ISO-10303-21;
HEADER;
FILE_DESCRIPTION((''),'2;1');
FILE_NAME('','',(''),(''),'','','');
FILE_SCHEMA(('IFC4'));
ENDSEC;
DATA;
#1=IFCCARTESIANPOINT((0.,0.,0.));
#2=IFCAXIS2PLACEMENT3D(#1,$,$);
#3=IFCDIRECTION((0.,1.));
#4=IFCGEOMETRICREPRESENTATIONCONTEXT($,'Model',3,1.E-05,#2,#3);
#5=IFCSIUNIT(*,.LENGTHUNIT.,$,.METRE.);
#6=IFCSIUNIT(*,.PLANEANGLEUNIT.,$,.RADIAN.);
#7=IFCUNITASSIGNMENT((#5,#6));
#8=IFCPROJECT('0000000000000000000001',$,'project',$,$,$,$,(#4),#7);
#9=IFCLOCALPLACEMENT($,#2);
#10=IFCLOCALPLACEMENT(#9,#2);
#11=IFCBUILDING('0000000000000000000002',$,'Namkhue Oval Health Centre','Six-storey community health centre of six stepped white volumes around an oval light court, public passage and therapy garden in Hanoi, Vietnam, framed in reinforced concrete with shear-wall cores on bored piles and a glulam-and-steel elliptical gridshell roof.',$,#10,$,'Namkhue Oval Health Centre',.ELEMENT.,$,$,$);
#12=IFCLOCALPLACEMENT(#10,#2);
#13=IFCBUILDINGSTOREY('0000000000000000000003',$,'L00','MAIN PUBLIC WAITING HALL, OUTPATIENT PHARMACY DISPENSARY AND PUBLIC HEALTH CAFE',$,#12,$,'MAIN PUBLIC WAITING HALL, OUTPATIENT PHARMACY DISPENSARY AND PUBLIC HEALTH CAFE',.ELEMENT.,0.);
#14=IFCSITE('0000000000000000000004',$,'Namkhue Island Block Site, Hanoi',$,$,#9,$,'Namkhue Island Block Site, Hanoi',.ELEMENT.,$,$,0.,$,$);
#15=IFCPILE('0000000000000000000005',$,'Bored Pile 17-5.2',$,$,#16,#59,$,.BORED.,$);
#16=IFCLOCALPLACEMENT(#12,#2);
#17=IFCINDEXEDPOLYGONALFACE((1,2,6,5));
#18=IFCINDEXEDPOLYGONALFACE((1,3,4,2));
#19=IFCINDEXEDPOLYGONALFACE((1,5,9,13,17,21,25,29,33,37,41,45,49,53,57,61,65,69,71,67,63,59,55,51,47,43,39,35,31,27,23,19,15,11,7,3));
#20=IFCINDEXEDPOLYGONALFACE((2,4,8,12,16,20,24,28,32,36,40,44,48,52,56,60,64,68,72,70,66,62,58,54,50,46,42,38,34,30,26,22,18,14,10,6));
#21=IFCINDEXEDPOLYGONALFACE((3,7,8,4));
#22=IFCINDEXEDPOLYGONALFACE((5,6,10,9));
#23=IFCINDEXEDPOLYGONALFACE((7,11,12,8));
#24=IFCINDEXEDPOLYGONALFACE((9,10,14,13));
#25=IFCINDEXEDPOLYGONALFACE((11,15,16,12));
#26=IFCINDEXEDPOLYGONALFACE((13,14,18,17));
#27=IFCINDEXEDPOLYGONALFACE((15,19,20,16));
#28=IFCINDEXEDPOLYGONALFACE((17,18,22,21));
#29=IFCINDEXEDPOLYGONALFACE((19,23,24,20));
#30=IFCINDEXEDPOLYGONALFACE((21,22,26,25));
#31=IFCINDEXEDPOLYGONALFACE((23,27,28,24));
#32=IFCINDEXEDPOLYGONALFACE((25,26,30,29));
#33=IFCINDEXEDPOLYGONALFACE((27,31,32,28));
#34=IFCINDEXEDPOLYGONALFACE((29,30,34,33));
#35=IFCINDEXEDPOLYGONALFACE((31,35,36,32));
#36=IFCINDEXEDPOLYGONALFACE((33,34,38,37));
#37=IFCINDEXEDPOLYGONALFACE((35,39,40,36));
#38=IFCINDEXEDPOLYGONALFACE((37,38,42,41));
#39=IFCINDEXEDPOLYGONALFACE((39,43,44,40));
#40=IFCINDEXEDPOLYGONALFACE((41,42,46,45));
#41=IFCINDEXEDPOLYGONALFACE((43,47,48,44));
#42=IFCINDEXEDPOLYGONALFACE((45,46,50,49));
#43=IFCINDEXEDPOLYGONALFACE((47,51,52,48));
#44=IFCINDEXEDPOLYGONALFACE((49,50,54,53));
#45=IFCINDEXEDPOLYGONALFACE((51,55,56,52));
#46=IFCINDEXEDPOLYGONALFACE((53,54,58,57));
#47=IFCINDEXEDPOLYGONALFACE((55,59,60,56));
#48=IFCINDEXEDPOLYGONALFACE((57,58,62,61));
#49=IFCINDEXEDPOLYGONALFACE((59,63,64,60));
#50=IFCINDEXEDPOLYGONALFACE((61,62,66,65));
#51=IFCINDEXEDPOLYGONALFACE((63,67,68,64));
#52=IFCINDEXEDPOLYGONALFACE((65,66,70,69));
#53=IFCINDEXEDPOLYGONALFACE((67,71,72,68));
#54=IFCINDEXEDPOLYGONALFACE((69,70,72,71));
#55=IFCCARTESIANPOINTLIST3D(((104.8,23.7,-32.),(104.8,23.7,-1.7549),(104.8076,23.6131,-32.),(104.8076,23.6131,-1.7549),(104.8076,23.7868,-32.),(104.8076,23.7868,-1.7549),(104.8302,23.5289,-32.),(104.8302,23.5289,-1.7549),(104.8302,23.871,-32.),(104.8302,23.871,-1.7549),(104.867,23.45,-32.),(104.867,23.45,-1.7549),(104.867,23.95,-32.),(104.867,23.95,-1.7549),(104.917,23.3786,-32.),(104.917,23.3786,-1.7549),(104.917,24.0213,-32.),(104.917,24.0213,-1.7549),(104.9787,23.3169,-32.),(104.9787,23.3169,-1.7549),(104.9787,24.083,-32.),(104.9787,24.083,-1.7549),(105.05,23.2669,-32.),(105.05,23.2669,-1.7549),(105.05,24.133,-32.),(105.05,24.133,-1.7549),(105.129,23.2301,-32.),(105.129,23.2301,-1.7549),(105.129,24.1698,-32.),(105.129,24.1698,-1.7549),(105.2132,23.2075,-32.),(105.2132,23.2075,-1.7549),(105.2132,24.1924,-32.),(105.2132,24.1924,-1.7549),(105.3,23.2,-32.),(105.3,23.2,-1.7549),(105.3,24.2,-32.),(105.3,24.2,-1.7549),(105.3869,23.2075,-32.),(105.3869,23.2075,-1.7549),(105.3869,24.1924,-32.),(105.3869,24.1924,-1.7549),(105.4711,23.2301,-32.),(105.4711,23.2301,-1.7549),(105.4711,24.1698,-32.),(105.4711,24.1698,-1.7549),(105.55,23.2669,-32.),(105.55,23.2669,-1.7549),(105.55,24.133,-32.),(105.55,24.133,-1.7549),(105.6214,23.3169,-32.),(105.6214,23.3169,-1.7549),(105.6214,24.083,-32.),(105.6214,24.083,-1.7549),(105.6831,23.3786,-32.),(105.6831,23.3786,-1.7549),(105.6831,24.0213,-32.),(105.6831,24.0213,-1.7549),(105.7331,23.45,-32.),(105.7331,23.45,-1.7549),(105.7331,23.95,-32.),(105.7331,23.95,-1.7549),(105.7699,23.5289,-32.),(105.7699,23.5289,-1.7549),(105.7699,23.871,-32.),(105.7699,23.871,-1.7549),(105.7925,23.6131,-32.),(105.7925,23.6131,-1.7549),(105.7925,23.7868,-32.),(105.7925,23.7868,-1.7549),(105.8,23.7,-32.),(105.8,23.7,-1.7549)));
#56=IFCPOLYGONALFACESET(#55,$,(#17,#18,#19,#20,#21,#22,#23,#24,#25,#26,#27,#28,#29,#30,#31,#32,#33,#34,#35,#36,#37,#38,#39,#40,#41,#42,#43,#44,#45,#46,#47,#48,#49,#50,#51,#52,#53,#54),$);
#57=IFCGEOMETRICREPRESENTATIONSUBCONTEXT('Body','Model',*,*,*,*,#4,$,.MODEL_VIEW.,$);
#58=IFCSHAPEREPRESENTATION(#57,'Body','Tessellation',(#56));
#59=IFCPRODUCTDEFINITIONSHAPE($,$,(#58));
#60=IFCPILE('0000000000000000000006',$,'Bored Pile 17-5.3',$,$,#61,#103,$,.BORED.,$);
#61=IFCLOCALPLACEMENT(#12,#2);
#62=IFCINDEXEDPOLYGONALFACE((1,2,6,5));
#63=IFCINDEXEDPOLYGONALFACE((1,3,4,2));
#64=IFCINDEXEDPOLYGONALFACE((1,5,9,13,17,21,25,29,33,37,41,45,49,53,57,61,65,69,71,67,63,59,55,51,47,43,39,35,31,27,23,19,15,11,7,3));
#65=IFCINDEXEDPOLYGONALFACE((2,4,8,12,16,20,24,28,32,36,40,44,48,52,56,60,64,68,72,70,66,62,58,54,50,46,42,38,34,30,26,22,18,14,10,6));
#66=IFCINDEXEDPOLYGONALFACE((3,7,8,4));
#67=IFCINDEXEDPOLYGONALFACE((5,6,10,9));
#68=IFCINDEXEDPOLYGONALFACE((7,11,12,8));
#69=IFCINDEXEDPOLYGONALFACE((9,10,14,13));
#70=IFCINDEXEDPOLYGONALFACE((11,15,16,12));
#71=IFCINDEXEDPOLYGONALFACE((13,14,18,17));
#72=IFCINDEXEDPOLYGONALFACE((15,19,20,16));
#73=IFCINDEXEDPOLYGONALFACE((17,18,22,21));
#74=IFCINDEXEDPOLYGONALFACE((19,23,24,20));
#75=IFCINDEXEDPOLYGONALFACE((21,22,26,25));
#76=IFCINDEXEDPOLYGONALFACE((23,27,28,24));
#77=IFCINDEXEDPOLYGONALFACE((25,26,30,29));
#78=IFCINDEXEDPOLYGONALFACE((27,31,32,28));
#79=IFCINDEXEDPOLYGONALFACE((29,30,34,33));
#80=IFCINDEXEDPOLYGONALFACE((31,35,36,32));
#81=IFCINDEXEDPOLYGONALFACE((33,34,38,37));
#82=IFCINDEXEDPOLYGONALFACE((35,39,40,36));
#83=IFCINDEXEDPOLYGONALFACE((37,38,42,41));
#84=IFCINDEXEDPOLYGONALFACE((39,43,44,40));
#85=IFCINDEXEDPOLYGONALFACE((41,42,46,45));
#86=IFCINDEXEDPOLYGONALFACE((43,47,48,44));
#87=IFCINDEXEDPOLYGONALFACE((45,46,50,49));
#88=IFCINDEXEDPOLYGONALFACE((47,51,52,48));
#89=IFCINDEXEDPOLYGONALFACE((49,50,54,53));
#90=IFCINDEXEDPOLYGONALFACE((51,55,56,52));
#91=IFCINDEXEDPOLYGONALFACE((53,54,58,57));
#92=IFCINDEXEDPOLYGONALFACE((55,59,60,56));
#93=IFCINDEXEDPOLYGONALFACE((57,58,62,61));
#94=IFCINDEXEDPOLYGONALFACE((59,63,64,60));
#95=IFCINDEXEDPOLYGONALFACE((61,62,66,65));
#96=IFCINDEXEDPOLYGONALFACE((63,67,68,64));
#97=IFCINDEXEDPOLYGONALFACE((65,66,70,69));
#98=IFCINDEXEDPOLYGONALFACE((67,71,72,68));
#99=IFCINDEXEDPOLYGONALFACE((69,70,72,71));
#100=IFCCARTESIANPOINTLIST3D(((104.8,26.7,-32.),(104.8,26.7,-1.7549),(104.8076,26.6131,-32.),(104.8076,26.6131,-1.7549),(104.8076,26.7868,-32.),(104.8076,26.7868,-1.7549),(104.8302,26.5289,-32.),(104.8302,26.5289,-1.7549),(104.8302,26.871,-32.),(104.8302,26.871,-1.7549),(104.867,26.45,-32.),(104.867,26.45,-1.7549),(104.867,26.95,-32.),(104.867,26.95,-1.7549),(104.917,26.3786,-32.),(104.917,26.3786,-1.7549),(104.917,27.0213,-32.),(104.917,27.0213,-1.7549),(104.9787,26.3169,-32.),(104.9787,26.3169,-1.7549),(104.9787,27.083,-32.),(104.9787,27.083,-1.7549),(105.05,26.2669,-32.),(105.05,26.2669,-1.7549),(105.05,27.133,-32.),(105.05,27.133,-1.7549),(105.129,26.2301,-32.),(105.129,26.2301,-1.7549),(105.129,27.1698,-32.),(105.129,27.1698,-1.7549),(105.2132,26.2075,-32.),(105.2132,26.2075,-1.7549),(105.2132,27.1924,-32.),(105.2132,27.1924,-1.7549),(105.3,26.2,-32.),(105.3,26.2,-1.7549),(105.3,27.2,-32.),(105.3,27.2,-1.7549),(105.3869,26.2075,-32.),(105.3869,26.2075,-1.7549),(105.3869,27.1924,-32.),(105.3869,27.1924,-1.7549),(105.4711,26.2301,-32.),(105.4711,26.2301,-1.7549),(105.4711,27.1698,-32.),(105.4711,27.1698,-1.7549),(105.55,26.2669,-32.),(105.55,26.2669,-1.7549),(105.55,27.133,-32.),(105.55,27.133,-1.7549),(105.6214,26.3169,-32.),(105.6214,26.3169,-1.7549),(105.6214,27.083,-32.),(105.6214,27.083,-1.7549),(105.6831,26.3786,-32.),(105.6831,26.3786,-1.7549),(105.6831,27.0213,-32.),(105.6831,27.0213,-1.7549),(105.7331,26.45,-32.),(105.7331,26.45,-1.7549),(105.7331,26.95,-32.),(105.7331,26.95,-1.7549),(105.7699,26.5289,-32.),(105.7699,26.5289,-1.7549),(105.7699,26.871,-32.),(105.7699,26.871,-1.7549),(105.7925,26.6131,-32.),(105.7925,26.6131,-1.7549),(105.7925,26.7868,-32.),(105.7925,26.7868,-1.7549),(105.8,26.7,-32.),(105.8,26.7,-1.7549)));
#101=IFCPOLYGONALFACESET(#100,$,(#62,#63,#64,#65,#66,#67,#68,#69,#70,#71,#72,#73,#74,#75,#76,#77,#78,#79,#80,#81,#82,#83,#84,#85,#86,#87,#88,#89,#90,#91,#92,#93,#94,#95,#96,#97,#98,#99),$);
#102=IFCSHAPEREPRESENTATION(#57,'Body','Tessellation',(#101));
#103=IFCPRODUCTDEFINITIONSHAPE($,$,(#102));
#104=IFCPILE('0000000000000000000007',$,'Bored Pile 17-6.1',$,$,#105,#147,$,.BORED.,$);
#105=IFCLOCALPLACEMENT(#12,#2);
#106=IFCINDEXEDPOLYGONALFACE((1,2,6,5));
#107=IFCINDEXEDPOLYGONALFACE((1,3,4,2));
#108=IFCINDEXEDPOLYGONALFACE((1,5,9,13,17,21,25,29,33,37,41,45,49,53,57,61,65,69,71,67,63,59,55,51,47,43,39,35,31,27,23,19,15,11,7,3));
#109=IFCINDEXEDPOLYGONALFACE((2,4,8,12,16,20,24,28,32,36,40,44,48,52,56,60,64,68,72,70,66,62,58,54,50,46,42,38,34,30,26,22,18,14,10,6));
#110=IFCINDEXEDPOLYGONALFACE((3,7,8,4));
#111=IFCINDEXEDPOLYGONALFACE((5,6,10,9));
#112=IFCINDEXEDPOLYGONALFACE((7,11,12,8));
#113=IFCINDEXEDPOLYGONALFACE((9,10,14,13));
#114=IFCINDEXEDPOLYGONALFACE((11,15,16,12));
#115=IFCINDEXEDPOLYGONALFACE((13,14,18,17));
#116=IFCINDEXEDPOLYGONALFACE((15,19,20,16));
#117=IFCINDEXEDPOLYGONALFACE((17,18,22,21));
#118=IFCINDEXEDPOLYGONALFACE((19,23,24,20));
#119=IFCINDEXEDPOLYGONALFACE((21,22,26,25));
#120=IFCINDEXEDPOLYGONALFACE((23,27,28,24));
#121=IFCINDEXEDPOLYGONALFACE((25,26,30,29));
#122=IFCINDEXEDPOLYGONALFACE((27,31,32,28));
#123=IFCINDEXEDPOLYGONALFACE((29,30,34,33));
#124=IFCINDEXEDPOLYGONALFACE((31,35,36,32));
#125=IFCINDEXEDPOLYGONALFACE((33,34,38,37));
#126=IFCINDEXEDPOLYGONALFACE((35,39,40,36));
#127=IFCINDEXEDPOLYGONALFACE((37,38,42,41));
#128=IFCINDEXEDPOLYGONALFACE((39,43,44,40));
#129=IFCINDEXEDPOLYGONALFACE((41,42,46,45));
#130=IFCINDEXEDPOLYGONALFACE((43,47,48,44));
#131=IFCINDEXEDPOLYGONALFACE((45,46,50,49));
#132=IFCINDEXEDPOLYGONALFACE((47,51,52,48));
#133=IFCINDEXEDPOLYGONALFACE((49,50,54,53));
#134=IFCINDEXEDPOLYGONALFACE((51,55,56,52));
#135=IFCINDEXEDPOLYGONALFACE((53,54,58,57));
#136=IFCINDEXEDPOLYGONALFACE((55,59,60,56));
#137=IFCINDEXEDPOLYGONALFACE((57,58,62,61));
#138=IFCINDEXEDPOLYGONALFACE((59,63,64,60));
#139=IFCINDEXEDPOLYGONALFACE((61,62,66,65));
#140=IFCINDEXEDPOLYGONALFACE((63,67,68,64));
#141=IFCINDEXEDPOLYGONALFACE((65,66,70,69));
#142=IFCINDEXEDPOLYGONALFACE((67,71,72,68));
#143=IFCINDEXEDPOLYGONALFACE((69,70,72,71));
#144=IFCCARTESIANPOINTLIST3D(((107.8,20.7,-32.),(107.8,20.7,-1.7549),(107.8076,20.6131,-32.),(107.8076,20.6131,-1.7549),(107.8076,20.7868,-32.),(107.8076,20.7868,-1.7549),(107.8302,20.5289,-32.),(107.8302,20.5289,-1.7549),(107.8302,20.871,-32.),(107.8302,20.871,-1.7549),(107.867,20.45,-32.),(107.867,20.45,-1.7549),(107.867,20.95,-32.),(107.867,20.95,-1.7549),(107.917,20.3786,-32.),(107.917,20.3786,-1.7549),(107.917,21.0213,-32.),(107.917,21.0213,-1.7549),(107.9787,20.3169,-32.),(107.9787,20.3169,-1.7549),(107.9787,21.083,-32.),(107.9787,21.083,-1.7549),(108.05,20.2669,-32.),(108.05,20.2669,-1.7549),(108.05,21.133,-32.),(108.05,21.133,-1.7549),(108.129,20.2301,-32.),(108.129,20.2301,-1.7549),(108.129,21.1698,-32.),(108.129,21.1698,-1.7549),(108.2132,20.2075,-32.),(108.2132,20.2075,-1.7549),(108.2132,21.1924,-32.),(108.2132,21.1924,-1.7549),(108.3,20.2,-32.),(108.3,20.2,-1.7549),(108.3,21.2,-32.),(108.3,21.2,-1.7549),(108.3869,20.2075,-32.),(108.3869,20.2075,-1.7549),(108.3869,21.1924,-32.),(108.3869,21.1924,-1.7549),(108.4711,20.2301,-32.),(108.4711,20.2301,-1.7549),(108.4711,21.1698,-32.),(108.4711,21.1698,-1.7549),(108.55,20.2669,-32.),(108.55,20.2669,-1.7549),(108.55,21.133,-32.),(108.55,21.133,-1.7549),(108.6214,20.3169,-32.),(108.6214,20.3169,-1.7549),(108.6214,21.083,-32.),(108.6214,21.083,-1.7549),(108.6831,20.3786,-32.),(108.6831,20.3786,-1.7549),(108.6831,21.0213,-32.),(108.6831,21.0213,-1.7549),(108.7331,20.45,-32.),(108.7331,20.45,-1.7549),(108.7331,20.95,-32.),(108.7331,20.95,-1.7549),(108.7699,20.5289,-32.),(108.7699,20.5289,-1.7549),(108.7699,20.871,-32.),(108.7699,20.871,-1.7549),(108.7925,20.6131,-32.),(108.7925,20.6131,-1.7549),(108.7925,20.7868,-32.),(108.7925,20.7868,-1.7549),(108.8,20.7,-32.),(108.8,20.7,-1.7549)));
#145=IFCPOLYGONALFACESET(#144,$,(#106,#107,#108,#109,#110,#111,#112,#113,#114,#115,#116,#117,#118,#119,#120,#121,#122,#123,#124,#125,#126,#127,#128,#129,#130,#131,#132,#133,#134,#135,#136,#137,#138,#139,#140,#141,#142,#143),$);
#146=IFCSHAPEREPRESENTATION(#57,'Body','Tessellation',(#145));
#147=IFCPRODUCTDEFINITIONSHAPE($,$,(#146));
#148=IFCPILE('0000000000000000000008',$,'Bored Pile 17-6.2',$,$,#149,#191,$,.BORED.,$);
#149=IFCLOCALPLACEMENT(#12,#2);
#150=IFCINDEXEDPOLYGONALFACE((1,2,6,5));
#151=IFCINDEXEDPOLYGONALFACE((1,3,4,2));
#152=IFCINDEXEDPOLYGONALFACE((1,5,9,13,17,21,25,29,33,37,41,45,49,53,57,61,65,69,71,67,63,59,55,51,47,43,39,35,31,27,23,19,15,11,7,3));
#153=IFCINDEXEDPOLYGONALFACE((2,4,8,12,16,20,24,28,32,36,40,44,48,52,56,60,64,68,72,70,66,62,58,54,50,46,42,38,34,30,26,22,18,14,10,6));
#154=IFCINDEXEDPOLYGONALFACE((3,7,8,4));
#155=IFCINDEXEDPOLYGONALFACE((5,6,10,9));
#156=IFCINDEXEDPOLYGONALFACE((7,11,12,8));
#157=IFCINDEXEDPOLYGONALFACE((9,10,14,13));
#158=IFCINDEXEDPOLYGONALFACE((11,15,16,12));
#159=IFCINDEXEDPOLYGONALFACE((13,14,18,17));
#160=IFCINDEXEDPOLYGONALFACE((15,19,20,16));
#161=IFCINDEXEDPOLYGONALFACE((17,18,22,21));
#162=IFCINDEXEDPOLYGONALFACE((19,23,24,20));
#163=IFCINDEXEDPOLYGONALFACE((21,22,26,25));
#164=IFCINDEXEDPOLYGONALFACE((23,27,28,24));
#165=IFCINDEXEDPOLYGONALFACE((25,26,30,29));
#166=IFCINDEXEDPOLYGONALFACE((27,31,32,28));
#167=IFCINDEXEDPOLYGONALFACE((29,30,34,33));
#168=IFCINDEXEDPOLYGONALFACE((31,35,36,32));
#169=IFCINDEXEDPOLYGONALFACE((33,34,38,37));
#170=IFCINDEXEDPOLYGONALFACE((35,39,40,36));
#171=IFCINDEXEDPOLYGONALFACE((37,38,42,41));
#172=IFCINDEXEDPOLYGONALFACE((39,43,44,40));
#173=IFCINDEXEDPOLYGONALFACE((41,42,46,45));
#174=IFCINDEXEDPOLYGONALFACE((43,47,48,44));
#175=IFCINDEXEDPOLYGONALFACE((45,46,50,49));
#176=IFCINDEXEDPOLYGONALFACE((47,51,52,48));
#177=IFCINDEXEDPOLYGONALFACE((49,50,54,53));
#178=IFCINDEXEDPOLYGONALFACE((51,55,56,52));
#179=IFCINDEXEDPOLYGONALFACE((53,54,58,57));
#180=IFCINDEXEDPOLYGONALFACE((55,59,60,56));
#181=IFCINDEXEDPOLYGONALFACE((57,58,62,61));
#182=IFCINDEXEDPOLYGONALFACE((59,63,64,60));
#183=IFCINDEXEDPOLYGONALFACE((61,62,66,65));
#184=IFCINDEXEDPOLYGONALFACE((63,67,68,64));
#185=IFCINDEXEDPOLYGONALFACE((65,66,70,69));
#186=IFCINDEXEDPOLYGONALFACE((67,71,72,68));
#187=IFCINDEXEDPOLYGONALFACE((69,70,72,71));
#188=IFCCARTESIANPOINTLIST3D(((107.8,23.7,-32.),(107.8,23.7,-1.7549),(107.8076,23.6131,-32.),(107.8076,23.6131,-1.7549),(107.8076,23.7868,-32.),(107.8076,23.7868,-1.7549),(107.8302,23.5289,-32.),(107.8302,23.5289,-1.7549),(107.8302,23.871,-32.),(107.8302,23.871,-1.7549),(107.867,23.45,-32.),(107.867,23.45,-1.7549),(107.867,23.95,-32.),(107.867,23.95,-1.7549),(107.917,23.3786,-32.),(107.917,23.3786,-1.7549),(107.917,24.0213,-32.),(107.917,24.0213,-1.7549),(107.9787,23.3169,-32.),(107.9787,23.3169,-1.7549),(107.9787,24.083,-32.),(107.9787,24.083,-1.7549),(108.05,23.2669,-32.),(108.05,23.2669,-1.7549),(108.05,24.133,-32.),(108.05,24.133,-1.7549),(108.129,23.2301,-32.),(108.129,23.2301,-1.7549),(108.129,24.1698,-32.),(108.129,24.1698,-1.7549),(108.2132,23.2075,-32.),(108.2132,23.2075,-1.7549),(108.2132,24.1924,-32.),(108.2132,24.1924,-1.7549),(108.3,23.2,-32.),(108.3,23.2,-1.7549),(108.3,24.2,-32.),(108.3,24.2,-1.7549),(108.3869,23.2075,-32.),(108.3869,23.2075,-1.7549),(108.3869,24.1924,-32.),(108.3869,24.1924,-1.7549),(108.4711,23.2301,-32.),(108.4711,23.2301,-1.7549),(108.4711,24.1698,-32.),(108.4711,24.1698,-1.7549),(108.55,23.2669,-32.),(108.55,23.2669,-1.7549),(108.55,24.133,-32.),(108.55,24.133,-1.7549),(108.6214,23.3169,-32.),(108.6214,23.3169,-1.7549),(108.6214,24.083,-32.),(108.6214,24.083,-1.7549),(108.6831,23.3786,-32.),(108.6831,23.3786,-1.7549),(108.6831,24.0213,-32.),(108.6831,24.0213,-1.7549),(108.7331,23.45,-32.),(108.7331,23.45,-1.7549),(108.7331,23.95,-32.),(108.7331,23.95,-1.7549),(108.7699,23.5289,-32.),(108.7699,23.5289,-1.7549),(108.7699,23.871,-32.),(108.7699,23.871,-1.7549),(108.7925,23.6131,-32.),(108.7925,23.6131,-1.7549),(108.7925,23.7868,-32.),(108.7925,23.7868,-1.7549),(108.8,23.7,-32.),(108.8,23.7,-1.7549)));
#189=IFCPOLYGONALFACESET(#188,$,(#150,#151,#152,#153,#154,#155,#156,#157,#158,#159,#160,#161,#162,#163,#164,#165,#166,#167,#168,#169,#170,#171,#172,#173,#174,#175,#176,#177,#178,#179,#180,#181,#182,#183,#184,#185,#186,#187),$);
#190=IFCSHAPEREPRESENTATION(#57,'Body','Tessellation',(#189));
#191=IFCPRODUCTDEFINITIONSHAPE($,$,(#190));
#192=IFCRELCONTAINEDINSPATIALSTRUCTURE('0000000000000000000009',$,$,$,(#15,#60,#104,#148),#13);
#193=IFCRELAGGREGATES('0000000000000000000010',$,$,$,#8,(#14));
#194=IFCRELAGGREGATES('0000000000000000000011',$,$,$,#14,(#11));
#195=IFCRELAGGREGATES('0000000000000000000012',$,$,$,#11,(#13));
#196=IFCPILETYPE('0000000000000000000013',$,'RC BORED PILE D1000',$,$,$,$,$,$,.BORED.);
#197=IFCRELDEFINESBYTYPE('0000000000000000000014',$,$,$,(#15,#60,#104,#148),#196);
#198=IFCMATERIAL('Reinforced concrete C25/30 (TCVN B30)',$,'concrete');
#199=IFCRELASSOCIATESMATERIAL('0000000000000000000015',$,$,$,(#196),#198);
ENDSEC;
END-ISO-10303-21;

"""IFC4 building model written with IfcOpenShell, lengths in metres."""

from ifc_helpers import new_model, si_unit, direction, frame, origin, origin_2d, place, context, subcontext, project, spatial, circle, extrude, material, material_profile, profile_set, type_object, element, save


model = new_model("IFC4")

# Units and contexts
model_context = context("Model", 3, precision=1e-05, world=origin(), true_north=direction((0.0, 1.0)))
body_context = subcontext(model_context, "Body", "Model", "MODEL_VIEW")
ifc_project = project(units=[si_unit("LENGTHUNIT", "METRE"), si_unit("PLANEANGLEUNIT", "RADIAN")], contexts=[model_context])

# Site, building, storey
site_placement = place(None, origin())
site = spatial("IfcSite", under=ifc_project, at=site_placement, Name="Namkhue Island Block Site, Hanoi", LongName="Namkhue Island Block Site, Hanoi", CompositionType="ELEMENT", RefElevation=0.0)
building_placement = place(site_placement, origin())
building = spatial("IfcBuilding", under=site, at=building_placement, Name="Namkhue Oval Health Centre", Description="Six-storey community health centre of six stepped white volumes around an oval light court, public passage and therapy garden in Hanoi, Vietnam, framed in reinforced concrete with shear-wall cores on bored piles and a glulam-and-steel elliptical gridshell roof.", LongName="Namkhue Oval Health Centre", CompositionType="ELEMENT")
storey_placement = place(building_placement, origin())
storey = spatial("IfcBuildingStorey", under=building, at=storey_placement, Name="L00", Description="MAIN PUBLIC WAITING HALL, OUTPATIENT PHARMACY DISPENSARY AND PUBLIC HEALTH CAFE", LongName="MAIN PUBLIC WAITING HALL, OUTPATIENT PHARMACY DISPENSARY AND PUBLIC HEALTH CAFE", CompositionType="ELEMENT", Elevation=0.0)

# Piles
ifc_material_1 = material(Name="Reinforced concrete C25/30 (TCVN B30)", Category="concrete")
ifc_material_profile_1 = material_profile(ifc_material_1, circle(Radius=0.5, at=origin_2d()), Name="BORED PILE D1000")
ifc_profile_set_1 = profile_set([ifc_material_profile_1], Name="Reinforced concrete C25/30 (TCVN B30)")
pile_type = type_object("IfcPileType", Name="RC BORED PILE D1000", PredefinedType="BORED", material=ifc_profile_set_1)
for number, where, z_axis, x_axis, name in (
    (1, (105.3, 23.7, -1.7549), (0.0, 0.0, -1.0), (1.0, 0.0, 0.0), "Bored Pile 17-5.2"),
    (2, (105.3, 26.7, -1.7549), (0.0, 0.0, -1.0), (1.0, 0.0, 0.0), "Bored Pile 17-5.3"),
    (3, (108.3, 20.7, -1.7549), (0.0, 0.0, -1.0), (1.0, 0.0, 0.0), "Bored Pile 17-6.1"),
    (4, (108.3, 23.7, -1.7549), (0.0, 0.0, -1.0), (1.0, 0.0, 0.0), "Bored Pile 17-6.2"),
):
    element("IfcPile", number, at=place(storey_placement, frame(where, z_axis=z_axis, x_axis=x_axis)), inside=storey, type_object=pile_type, Name=name, PredefinedType="BORED", context=body_context, shape_type="SweptSolid", body=[
        extrude(circle(Radius=0.5, at=origin_2d()), origin(), (0.0, 0.0, 1.0), 30.2451),
    ])

save(model, "model.ifc")
